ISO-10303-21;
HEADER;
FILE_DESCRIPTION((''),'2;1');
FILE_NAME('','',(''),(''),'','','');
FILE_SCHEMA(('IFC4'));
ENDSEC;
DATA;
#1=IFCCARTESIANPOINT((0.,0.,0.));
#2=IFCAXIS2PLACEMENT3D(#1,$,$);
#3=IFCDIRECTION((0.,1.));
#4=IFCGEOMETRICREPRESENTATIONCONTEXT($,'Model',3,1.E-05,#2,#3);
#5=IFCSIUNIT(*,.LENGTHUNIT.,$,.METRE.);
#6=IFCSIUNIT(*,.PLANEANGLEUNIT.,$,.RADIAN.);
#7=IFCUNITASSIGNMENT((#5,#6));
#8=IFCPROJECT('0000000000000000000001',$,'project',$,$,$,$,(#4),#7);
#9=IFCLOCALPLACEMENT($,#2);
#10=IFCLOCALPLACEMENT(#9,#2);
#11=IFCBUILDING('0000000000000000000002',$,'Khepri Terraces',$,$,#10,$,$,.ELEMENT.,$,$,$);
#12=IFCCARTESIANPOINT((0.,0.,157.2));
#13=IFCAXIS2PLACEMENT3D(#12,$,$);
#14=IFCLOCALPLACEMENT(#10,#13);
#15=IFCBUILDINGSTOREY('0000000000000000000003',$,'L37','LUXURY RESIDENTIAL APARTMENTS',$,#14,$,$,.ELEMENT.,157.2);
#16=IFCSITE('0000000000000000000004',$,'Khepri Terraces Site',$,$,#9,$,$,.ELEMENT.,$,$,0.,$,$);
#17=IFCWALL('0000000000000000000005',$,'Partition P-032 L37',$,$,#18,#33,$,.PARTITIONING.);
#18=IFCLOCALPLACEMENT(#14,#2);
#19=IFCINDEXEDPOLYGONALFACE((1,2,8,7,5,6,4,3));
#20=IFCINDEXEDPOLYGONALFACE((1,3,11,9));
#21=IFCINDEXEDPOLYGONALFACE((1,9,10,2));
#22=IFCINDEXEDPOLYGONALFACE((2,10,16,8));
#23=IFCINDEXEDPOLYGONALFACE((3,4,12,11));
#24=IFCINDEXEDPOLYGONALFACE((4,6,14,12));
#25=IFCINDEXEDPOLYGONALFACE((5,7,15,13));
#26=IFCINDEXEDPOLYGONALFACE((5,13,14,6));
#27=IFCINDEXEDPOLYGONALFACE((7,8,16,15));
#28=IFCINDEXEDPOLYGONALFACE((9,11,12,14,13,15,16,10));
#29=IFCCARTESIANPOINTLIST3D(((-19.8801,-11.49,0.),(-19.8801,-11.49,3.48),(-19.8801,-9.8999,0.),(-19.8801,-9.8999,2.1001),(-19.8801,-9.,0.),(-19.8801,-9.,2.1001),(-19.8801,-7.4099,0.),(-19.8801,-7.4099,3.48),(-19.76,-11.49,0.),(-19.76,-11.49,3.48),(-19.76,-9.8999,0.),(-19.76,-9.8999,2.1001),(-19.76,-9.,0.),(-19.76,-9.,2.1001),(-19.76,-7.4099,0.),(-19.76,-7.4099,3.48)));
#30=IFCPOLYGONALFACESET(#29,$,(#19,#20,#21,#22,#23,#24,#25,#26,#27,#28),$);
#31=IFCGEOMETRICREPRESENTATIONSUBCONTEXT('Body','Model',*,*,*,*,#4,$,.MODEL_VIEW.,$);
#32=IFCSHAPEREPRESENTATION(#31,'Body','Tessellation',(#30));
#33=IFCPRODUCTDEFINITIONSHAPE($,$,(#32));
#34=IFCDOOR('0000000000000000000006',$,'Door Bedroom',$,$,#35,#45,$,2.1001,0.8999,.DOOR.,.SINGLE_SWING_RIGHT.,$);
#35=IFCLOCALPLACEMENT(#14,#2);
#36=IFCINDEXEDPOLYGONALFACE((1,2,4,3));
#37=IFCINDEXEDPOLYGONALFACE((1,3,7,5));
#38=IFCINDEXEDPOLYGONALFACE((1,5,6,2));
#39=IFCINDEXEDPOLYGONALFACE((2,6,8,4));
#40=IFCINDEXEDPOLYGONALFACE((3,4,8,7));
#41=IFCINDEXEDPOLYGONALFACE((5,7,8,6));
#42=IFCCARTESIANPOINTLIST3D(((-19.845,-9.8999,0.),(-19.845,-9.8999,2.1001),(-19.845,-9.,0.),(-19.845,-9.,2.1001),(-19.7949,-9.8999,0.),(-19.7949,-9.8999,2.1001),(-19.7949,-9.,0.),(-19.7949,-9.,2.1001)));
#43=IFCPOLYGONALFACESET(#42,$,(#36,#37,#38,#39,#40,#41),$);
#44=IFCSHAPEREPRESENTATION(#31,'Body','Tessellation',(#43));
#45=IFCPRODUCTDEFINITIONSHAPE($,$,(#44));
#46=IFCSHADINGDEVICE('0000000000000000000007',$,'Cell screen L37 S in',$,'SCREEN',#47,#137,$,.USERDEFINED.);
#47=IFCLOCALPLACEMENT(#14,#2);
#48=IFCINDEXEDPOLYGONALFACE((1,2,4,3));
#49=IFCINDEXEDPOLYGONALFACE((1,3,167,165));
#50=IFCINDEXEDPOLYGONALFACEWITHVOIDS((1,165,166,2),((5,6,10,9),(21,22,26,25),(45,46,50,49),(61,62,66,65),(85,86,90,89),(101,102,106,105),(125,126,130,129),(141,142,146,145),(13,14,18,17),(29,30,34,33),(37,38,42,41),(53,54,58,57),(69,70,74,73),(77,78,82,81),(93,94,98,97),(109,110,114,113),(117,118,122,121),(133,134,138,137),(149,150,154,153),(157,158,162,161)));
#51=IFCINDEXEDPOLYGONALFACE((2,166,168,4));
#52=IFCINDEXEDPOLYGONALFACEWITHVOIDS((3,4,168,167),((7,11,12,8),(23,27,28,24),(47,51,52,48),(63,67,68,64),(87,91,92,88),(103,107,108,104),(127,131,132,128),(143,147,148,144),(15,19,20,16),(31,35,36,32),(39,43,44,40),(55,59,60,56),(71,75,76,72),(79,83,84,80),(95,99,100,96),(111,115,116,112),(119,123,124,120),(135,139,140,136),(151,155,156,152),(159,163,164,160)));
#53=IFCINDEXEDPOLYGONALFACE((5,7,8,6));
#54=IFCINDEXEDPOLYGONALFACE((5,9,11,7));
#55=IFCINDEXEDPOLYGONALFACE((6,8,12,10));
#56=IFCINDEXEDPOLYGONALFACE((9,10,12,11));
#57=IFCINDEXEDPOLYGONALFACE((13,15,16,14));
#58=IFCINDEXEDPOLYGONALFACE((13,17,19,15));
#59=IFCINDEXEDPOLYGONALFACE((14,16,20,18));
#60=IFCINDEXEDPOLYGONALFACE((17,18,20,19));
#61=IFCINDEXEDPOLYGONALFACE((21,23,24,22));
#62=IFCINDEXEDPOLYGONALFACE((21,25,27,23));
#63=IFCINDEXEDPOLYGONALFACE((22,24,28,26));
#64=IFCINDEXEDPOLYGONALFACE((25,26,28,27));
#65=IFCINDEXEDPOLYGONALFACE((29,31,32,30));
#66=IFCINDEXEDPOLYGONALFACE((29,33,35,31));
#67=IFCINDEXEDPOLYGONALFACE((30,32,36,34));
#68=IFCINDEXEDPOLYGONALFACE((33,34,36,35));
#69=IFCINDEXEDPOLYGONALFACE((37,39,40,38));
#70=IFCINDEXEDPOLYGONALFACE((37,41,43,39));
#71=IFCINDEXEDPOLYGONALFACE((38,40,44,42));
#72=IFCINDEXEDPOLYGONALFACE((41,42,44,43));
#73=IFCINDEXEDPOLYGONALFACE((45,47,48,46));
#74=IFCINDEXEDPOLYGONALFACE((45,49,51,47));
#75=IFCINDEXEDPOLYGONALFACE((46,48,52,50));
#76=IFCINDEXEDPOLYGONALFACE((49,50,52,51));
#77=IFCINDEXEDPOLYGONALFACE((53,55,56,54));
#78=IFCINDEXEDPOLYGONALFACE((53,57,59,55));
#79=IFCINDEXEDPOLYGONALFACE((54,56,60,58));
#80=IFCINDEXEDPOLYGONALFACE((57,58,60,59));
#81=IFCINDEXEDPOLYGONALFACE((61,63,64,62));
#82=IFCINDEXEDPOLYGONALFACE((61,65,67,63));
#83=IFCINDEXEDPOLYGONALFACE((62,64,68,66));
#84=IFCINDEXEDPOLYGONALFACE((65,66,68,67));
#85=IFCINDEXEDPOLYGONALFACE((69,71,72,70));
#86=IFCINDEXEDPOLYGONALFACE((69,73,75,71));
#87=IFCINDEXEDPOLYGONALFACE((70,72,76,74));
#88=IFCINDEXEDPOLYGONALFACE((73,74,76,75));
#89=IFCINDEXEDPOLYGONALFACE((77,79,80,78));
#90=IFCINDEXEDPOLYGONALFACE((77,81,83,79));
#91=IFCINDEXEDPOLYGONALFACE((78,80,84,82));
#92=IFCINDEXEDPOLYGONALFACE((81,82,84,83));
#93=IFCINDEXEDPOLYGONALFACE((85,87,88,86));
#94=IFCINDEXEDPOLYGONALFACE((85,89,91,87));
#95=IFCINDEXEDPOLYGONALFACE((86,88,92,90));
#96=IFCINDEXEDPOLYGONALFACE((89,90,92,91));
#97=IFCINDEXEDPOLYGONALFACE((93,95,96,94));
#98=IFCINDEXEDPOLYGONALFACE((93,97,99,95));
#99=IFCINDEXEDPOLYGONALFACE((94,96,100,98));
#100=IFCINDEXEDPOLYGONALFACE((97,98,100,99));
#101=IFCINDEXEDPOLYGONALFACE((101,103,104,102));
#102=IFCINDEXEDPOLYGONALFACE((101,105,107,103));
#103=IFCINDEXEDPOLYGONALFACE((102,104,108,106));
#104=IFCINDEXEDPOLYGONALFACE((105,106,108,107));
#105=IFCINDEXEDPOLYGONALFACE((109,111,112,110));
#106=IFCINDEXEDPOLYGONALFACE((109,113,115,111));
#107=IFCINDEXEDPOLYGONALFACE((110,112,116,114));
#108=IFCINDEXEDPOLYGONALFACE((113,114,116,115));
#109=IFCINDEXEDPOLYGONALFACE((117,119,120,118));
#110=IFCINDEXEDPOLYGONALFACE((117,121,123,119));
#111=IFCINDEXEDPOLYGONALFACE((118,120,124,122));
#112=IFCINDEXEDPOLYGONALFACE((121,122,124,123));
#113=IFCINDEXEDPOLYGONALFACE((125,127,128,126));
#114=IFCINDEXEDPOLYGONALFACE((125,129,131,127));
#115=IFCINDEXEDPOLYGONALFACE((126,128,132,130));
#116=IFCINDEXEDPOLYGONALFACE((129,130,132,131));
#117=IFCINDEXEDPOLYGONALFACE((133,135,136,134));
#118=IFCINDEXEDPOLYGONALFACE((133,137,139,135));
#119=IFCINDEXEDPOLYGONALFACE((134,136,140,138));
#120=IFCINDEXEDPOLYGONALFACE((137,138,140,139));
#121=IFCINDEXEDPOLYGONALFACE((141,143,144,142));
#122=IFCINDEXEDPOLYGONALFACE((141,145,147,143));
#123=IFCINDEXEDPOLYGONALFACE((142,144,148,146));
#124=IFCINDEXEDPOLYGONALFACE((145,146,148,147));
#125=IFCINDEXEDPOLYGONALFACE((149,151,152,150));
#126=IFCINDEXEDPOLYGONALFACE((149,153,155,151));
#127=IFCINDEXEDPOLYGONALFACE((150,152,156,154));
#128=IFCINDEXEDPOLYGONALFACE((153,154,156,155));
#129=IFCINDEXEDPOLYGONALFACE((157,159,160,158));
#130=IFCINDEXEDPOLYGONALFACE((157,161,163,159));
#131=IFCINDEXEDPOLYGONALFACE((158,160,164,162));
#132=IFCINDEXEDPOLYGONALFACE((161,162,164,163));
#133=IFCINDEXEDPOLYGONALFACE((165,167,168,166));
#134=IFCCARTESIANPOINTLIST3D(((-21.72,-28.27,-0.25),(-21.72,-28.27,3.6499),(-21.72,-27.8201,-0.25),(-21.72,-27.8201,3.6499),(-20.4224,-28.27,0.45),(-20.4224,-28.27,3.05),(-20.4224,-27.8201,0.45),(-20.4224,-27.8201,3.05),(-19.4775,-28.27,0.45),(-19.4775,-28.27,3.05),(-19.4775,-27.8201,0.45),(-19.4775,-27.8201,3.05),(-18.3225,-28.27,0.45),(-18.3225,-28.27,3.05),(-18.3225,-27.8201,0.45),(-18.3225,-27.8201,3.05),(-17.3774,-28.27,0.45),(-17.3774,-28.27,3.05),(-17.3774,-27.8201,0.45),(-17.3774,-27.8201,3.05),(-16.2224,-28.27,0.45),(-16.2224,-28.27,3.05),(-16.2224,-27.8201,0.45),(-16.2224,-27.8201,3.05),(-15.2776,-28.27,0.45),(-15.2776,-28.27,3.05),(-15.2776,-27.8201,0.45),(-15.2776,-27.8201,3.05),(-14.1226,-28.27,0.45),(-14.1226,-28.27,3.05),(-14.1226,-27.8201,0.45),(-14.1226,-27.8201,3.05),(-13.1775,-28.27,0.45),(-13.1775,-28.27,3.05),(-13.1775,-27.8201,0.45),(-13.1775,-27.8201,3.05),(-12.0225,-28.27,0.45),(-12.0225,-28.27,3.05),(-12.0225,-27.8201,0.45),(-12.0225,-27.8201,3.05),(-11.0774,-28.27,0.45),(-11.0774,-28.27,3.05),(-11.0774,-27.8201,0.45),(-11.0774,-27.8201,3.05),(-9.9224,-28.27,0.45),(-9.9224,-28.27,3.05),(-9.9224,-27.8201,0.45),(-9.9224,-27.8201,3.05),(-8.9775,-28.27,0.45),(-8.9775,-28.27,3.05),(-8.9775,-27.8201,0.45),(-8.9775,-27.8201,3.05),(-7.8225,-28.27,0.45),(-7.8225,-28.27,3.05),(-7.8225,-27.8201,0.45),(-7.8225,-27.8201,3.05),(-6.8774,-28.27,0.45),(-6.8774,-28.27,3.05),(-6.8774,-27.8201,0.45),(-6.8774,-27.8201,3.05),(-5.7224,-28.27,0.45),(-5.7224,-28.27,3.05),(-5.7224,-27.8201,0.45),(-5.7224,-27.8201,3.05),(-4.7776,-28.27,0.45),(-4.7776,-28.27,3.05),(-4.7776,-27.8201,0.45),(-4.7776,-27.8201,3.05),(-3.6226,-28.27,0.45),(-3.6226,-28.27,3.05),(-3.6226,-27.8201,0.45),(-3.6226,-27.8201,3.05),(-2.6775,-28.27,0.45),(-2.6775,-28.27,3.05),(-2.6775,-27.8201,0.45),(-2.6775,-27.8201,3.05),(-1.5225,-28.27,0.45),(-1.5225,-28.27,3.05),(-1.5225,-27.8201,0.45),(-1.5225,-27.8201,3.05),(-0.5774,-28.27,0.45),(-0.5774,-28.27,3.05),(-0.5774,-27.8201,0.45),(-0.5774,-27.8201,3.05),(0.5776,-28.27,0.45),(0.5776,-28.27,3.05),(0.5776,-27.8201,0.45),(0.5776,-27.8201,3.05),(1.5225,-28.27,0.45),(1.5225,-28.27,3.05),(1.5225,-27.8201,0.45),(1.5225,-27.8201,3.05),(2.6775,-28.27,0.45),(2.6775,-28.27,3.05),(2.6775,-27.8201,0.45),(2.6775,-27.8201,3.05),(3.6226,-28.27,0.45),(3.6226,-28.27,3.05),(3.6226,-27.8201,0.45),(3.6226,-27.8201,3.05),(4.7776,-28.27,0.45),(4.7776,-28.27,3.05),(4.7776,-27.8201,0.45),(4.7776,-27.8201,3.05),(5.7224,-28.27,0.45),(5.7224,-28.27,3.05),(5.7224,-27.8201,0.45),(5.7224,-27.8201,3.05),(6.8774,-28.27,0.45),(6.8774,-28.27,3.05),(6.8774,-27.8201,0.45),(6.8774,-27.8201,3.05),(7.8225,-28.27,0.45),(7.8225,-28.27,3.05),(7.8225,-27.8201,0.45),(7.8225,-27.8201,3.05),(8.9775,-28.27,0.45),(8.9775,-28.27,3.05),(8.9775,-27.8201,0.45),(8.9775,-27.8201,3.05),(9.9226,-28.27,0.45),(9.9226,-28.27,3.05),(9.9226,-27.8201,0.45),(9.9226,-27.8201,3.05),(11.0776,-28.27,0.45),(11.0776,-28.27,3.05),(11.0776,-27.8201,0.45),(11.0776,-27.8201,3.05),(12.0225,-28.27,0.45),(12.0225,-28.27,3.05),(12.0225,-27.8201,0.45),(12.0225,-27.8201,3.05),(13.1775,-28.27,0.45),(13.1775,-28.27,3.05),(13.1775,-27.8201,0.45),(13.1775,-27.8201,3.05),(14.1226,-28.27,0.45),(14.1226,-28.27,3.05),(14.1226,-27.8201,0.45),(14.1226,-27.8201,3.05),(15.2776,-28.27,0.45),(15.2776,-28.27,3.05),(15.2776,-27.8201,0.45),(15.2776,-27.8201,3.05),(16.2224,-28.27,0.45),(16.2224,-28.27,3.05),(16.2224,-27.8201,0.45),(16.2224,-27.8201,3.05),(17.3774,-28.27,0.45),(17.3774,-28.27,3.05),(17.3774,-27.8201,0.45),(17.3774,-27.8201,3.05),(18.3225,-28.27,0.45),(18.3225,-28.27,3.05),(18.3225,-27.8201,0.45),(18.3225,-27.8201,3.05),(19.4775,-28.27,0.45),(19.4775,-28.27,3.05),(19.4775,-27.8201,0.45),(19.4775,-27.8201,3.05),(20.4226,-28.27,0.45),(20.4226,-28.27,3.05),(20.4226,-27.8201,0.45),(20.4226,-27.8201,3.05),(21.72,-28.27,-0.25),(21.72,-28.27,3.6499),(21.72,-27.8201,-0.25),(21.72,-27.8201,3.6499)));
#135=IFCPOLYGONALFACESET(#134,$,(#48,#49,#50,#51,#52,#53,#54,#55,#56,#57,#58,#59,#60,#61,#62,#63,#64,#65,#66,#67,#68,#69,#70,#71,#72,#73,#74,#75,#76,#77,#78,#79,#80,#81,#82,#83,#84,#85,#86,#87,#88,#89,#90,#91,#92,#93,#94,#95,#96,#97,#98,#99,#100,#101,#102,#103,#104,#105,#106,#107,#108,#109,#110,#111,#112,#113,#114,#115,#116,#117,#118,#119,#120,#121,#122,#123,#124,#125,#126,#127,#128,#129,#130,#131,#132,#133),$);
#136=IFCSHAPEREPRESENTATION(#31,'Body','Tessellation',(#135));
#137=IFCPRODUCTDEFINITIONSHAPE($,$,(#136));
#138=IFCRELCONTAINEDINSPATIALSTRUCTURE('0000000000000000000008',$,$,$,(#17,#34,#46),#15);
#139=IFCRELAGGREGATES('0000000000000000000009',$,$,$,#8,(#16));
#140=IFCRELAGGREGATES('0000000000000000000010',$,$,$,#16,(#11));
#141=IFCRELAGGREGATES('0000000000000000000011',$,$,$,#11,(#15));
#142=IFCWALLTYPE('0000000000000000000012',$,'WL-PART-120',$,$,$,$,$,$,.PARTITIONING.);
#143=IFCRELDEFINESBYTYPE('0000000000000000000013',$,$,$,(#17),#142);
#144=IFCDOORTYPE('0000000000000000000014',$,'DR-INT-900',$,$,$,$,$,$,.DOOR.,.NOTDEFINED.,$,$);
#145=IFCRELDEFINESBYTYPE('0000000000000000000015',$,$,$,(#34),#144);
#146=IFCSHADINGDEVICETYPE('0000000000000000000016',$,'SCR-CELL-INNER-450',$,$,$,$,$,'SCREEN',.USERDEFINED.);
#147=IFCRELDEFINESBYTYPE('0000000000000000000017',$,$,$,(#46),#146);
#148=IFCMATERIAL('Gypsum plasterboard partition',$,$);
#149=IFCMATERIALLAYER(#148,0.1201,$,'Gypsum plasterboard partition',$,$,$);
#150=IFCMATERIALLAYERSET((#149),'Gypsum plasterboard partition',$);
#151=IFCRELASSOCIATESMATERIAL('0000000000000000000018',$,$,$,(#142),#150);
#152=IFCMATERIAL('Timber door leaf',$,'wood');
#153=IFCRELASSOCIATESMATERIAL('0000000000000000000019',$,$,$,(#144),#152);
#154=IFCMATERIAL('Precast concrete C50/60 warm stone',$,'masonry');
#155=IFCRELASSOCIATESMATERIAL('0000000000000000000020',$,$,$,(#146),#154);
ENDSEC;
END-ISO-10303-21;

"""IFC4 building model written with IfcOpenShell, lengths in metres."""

from ifc_helpers import new_model, si_unit, direction, frame, frame_2d, origin, place, context, subcontext, project, spatial, polyline, rectangle, outline, extrude, material, layer, layer_set, type_object, element, fill, save


model = new_model("IFC4")

# Units and contexts
model_context = context("Model", 3, precision=1e-05, world=origin(), true_north=direction((0.0, 1.0)))
body_context = subcontext(model_context, "Body", "Model", "MODEL_VIEW")
ifc_project = project(units=[si_unit("LENGTHUNIT", "METRE"), si_unit("PLANEANGLEUNIT", "RADIAN")], contexts=[model_context])

# Site, building, storey
site_placement = place(None, origin())
site = spatial("IfcSite", under=ifc_project, at=site_placement, Name="Khepri Terraces Site", CompositionType="ELEMENT", RefElevation=0.0)
building_placement = place(site_placement, origin())
building = spatial("IfcBuilding", under=site, at=building_placement, Name="Khepri Terraces", CompositionType="ELEMENT")
storey_placement = place(building_placement, frame((0.0, 0.0, 157.2)))
storey = spatial("IfcBuildingStorey", under=building, at=storey_placement, Name="L37", Description="LUXURY RESIDENTIAL APARTMENTS", CompositionType="ELEMENT", Elevation=157.2)

# Shared definitions
ifc_material_1 = material(Name="Precast concrete C50/60 warm stone", Category="masonry")

# Shared definitions
ifc_material_2 = material(Name="Gypsum plasterboard partition")
ifc_layer_1 = layer(ifc_material_2, 0.1201, Name="Gypsum plasterboard partition")
ifc_layer_set_1 = layer_set([ifc_layer_1], Name="Gypsum plasterboard partition")
wall_type_1 = type_object("IfcWallType", Name="WL-PART-120", PredefinedType="PARTITIONING", material=ifc_layer_set_1)
ifc_material_3 = material(Name="Timber door leaf", Category="wood")
door_type_1 = type_object("IfcDoorType", Name="DR-INT-900", OperationType="NOTDEFINED", PredefinedType="DOOR", material=ifc_material_3)

# Wall, opening, door
wall_1_placement = place(storey_placement, frame((-19.8201, -11.49, 0.0), z_axis=(0.0, 0.0, 1.0), x_axis=(0.0, 1.0, 0.0)))
wall_1 = element("IfcWall", 1, at=wall_1_placement, inside=storey, type_object=wall_type_1, Name="Partition P-032 L37", PredefinedType="PARTITIONING", context=body_context, shape_type="SweptSolid", body=[
    extrude(rectangle(XDim=4.0801, YDim=0.1201, at=frame_2d((2.04, 0.0))), origin(), (0.0, 0.0, 1.0), 3.48),
])
opening_1_placement = place(wall_1_placement, frame((1.5901, 0.0, 0.0)))
opening_1 = element("IfcOpeningElement", 2, at=opening_1_placement, cuts=wall_1, PredefinedType="OPENING", context=body_context, shape_type="SweptSolid", body=[
    extrude(rectangle(XDim=0.8999, YDim=2.1001, at=frame_2d((0.45, 1.05))), frame((0.0, 0.0701, 0.0), z_axis=(0.0, -1.0, 0.0), x_axis=(1.0, 0.0, 0.0)), (0.0, 0.0, 1.0), 0.1401),
])
door_1_placement = place(opening_1_placement, origin())
door_1 = element("IfcDoor", 3, at=door_1_placement, inside=storey, type_object=door_type_1, Name="Door Bedroom", OperationType="SINGLE_SWING_RIGHT", OverallHeight=2.1001, OverallWidth=0.8999, PredefinedType="DOOR", context=body_context, shape_type="SweptSolid", body=[
    extrude(rectangle(XDim=0.8999, YDim=2.1001, at=frame_2d((0.45, 1.05))), frame((0.0, 0.0249, 0.0), z_axis=(0.0, -1.0, 0.0), x_axis=(1.0, 0.0, 0.0)), (0.0, 0.0, 1.0), 0.05),
])
fill(opening_1, door_1)

# Shading device
shading_device_type_1 = type_object("IfcShadingDeviceType", Name="SCR-CELL-INNER-450", ElementType="SCREEN", PredefinedType="USERDEFINED", material=ifc_material_1)
shading_device_1_placement = place(storey_placement, frame((-21.72, -27.8201, -0.25), z_axis=(0.0, -1.0, 0.0), x_axis=(1.0, 0.0, 0.0)))
element("IfcShadingDevice", 4, at=shading_device_1_placement, inside=storey, type_object=shading_device_type_1, Name="Cell screen L37 S in", ObjectType="SCREEN", PredefinedType="USERDEFINED", context=body_context, shape_type="SweptSolid", body=[
    extrude(outline(polyline([(0.0, 0.0), (43.4399, 0.0), (43.4399, 3.8999), (0.0, 3.8999), (0.0, 0.0)]), holes=[polyline([(1.2976, 0.7), (2.2424, 0.7), (2.2424, 3.3), (1.2976, 3.3), (1.2976, 0.7)]), polyline([(3.3975, 0.7), (4.3425, 0.7), (4.3425, 3.3), (3.3975, 3.3), (3.3975, 0.7)]), polyline([(5.4976, 0.7), (6.4424, 0.7), (6.4424, 3.3), (5.4976, 3.3), (5.4976, 0.7)]), polyline([(7.5974, 0.7), (8.5425, 0.7), (8.5425, 3.3), (7.5974, 3.3), (7.5974, 0.7)]), polyline([(9.6975, 0.7), (10.6426, 0.7), (10.6426, 3.3), (9.6975, 3.3), (9.6975, 0.7)]), polyline([(11.7976, 0.7), (12.7424, 0.7), (12.7424, 3.3), (11.7976, 3.3), (11.7976, 0.7)]), polyline([(13.8975, 0.7), (14.8425, 0.7), (14.8425, 3.3), (13.8975, 3.3), (13.8975, 0.7)]), polyline([(15.9976, 0.7), (16.9424, 0.7), (16.9424, 3.3), (15.9976, 3.3), (15.9976, 0.7)]), polyline([(18.0974, 0.7), (19.0425, 0.7), (19.0425, 3.3), (18.0974, 3.3), (18.0974, 0.7)]), polyline([(20.1975, 0.7), (21.1426, 0.7), (21.1426, 3.3), (20.1975, 3.3), (20.1975, 0.7)]), polyline([(22.2976, 0.7), (23.2424, 0.7), (23.2424, 3.3), (22.2976, 3.3), (22.2976, 0.7)]), polyline([(24.3975, 0.7), (25.3425, 0.7), (25.3425, 3.3), (24.3975, 3.3), (24.3975, 0.7)]), polyline([(26.4976, 0.7), (27.4424, 0.7), (27.4424, 3.3), (26.4976, 3.3), (26.4976, 0.7)]), polyline([(28.5974, 0.7), (29.5425, 0.7), (29.5425, 3.3), (28.5974, 3.3), (28.5974, 0.7)]), polyline([(30.6975, 0.7), (31.6426, 0.7), (31.6426, 3.3), (30.6975, 3.3), (30.6975, 0.7)]), polyline([(32.7976, 0.7), (33.7424, 0.7), (33.7424, 3.3), (32.7976, 3.3), (32.7976, 0.7)]), polyline([(34.8975, 0.7), (35.8425, 0.7), (35.8425, 3.3), (34.8975, 3.3), (34.8975, 0.7)]), polyline([(36.9976, 0.7), (37.9424, 0.7), (37.9424, 3.3), (36.9976, 3.3), (36.9976, 0.7)]), polyline([(39.0974, 0.7), (40.0425, 0.7), (40.0425, 3.3), (39.0974, 3.3), (39.0974, 0.7)]), polyline([(41.1975, 0.7), (42.1426, 0.7), (42.1426, 3.3), (41.1975, 3.3), (41.1975, 0.7)])]), origin(), (0.0, 0.0, 1.0), 0.45),
])

save(model, "model.ifc")
